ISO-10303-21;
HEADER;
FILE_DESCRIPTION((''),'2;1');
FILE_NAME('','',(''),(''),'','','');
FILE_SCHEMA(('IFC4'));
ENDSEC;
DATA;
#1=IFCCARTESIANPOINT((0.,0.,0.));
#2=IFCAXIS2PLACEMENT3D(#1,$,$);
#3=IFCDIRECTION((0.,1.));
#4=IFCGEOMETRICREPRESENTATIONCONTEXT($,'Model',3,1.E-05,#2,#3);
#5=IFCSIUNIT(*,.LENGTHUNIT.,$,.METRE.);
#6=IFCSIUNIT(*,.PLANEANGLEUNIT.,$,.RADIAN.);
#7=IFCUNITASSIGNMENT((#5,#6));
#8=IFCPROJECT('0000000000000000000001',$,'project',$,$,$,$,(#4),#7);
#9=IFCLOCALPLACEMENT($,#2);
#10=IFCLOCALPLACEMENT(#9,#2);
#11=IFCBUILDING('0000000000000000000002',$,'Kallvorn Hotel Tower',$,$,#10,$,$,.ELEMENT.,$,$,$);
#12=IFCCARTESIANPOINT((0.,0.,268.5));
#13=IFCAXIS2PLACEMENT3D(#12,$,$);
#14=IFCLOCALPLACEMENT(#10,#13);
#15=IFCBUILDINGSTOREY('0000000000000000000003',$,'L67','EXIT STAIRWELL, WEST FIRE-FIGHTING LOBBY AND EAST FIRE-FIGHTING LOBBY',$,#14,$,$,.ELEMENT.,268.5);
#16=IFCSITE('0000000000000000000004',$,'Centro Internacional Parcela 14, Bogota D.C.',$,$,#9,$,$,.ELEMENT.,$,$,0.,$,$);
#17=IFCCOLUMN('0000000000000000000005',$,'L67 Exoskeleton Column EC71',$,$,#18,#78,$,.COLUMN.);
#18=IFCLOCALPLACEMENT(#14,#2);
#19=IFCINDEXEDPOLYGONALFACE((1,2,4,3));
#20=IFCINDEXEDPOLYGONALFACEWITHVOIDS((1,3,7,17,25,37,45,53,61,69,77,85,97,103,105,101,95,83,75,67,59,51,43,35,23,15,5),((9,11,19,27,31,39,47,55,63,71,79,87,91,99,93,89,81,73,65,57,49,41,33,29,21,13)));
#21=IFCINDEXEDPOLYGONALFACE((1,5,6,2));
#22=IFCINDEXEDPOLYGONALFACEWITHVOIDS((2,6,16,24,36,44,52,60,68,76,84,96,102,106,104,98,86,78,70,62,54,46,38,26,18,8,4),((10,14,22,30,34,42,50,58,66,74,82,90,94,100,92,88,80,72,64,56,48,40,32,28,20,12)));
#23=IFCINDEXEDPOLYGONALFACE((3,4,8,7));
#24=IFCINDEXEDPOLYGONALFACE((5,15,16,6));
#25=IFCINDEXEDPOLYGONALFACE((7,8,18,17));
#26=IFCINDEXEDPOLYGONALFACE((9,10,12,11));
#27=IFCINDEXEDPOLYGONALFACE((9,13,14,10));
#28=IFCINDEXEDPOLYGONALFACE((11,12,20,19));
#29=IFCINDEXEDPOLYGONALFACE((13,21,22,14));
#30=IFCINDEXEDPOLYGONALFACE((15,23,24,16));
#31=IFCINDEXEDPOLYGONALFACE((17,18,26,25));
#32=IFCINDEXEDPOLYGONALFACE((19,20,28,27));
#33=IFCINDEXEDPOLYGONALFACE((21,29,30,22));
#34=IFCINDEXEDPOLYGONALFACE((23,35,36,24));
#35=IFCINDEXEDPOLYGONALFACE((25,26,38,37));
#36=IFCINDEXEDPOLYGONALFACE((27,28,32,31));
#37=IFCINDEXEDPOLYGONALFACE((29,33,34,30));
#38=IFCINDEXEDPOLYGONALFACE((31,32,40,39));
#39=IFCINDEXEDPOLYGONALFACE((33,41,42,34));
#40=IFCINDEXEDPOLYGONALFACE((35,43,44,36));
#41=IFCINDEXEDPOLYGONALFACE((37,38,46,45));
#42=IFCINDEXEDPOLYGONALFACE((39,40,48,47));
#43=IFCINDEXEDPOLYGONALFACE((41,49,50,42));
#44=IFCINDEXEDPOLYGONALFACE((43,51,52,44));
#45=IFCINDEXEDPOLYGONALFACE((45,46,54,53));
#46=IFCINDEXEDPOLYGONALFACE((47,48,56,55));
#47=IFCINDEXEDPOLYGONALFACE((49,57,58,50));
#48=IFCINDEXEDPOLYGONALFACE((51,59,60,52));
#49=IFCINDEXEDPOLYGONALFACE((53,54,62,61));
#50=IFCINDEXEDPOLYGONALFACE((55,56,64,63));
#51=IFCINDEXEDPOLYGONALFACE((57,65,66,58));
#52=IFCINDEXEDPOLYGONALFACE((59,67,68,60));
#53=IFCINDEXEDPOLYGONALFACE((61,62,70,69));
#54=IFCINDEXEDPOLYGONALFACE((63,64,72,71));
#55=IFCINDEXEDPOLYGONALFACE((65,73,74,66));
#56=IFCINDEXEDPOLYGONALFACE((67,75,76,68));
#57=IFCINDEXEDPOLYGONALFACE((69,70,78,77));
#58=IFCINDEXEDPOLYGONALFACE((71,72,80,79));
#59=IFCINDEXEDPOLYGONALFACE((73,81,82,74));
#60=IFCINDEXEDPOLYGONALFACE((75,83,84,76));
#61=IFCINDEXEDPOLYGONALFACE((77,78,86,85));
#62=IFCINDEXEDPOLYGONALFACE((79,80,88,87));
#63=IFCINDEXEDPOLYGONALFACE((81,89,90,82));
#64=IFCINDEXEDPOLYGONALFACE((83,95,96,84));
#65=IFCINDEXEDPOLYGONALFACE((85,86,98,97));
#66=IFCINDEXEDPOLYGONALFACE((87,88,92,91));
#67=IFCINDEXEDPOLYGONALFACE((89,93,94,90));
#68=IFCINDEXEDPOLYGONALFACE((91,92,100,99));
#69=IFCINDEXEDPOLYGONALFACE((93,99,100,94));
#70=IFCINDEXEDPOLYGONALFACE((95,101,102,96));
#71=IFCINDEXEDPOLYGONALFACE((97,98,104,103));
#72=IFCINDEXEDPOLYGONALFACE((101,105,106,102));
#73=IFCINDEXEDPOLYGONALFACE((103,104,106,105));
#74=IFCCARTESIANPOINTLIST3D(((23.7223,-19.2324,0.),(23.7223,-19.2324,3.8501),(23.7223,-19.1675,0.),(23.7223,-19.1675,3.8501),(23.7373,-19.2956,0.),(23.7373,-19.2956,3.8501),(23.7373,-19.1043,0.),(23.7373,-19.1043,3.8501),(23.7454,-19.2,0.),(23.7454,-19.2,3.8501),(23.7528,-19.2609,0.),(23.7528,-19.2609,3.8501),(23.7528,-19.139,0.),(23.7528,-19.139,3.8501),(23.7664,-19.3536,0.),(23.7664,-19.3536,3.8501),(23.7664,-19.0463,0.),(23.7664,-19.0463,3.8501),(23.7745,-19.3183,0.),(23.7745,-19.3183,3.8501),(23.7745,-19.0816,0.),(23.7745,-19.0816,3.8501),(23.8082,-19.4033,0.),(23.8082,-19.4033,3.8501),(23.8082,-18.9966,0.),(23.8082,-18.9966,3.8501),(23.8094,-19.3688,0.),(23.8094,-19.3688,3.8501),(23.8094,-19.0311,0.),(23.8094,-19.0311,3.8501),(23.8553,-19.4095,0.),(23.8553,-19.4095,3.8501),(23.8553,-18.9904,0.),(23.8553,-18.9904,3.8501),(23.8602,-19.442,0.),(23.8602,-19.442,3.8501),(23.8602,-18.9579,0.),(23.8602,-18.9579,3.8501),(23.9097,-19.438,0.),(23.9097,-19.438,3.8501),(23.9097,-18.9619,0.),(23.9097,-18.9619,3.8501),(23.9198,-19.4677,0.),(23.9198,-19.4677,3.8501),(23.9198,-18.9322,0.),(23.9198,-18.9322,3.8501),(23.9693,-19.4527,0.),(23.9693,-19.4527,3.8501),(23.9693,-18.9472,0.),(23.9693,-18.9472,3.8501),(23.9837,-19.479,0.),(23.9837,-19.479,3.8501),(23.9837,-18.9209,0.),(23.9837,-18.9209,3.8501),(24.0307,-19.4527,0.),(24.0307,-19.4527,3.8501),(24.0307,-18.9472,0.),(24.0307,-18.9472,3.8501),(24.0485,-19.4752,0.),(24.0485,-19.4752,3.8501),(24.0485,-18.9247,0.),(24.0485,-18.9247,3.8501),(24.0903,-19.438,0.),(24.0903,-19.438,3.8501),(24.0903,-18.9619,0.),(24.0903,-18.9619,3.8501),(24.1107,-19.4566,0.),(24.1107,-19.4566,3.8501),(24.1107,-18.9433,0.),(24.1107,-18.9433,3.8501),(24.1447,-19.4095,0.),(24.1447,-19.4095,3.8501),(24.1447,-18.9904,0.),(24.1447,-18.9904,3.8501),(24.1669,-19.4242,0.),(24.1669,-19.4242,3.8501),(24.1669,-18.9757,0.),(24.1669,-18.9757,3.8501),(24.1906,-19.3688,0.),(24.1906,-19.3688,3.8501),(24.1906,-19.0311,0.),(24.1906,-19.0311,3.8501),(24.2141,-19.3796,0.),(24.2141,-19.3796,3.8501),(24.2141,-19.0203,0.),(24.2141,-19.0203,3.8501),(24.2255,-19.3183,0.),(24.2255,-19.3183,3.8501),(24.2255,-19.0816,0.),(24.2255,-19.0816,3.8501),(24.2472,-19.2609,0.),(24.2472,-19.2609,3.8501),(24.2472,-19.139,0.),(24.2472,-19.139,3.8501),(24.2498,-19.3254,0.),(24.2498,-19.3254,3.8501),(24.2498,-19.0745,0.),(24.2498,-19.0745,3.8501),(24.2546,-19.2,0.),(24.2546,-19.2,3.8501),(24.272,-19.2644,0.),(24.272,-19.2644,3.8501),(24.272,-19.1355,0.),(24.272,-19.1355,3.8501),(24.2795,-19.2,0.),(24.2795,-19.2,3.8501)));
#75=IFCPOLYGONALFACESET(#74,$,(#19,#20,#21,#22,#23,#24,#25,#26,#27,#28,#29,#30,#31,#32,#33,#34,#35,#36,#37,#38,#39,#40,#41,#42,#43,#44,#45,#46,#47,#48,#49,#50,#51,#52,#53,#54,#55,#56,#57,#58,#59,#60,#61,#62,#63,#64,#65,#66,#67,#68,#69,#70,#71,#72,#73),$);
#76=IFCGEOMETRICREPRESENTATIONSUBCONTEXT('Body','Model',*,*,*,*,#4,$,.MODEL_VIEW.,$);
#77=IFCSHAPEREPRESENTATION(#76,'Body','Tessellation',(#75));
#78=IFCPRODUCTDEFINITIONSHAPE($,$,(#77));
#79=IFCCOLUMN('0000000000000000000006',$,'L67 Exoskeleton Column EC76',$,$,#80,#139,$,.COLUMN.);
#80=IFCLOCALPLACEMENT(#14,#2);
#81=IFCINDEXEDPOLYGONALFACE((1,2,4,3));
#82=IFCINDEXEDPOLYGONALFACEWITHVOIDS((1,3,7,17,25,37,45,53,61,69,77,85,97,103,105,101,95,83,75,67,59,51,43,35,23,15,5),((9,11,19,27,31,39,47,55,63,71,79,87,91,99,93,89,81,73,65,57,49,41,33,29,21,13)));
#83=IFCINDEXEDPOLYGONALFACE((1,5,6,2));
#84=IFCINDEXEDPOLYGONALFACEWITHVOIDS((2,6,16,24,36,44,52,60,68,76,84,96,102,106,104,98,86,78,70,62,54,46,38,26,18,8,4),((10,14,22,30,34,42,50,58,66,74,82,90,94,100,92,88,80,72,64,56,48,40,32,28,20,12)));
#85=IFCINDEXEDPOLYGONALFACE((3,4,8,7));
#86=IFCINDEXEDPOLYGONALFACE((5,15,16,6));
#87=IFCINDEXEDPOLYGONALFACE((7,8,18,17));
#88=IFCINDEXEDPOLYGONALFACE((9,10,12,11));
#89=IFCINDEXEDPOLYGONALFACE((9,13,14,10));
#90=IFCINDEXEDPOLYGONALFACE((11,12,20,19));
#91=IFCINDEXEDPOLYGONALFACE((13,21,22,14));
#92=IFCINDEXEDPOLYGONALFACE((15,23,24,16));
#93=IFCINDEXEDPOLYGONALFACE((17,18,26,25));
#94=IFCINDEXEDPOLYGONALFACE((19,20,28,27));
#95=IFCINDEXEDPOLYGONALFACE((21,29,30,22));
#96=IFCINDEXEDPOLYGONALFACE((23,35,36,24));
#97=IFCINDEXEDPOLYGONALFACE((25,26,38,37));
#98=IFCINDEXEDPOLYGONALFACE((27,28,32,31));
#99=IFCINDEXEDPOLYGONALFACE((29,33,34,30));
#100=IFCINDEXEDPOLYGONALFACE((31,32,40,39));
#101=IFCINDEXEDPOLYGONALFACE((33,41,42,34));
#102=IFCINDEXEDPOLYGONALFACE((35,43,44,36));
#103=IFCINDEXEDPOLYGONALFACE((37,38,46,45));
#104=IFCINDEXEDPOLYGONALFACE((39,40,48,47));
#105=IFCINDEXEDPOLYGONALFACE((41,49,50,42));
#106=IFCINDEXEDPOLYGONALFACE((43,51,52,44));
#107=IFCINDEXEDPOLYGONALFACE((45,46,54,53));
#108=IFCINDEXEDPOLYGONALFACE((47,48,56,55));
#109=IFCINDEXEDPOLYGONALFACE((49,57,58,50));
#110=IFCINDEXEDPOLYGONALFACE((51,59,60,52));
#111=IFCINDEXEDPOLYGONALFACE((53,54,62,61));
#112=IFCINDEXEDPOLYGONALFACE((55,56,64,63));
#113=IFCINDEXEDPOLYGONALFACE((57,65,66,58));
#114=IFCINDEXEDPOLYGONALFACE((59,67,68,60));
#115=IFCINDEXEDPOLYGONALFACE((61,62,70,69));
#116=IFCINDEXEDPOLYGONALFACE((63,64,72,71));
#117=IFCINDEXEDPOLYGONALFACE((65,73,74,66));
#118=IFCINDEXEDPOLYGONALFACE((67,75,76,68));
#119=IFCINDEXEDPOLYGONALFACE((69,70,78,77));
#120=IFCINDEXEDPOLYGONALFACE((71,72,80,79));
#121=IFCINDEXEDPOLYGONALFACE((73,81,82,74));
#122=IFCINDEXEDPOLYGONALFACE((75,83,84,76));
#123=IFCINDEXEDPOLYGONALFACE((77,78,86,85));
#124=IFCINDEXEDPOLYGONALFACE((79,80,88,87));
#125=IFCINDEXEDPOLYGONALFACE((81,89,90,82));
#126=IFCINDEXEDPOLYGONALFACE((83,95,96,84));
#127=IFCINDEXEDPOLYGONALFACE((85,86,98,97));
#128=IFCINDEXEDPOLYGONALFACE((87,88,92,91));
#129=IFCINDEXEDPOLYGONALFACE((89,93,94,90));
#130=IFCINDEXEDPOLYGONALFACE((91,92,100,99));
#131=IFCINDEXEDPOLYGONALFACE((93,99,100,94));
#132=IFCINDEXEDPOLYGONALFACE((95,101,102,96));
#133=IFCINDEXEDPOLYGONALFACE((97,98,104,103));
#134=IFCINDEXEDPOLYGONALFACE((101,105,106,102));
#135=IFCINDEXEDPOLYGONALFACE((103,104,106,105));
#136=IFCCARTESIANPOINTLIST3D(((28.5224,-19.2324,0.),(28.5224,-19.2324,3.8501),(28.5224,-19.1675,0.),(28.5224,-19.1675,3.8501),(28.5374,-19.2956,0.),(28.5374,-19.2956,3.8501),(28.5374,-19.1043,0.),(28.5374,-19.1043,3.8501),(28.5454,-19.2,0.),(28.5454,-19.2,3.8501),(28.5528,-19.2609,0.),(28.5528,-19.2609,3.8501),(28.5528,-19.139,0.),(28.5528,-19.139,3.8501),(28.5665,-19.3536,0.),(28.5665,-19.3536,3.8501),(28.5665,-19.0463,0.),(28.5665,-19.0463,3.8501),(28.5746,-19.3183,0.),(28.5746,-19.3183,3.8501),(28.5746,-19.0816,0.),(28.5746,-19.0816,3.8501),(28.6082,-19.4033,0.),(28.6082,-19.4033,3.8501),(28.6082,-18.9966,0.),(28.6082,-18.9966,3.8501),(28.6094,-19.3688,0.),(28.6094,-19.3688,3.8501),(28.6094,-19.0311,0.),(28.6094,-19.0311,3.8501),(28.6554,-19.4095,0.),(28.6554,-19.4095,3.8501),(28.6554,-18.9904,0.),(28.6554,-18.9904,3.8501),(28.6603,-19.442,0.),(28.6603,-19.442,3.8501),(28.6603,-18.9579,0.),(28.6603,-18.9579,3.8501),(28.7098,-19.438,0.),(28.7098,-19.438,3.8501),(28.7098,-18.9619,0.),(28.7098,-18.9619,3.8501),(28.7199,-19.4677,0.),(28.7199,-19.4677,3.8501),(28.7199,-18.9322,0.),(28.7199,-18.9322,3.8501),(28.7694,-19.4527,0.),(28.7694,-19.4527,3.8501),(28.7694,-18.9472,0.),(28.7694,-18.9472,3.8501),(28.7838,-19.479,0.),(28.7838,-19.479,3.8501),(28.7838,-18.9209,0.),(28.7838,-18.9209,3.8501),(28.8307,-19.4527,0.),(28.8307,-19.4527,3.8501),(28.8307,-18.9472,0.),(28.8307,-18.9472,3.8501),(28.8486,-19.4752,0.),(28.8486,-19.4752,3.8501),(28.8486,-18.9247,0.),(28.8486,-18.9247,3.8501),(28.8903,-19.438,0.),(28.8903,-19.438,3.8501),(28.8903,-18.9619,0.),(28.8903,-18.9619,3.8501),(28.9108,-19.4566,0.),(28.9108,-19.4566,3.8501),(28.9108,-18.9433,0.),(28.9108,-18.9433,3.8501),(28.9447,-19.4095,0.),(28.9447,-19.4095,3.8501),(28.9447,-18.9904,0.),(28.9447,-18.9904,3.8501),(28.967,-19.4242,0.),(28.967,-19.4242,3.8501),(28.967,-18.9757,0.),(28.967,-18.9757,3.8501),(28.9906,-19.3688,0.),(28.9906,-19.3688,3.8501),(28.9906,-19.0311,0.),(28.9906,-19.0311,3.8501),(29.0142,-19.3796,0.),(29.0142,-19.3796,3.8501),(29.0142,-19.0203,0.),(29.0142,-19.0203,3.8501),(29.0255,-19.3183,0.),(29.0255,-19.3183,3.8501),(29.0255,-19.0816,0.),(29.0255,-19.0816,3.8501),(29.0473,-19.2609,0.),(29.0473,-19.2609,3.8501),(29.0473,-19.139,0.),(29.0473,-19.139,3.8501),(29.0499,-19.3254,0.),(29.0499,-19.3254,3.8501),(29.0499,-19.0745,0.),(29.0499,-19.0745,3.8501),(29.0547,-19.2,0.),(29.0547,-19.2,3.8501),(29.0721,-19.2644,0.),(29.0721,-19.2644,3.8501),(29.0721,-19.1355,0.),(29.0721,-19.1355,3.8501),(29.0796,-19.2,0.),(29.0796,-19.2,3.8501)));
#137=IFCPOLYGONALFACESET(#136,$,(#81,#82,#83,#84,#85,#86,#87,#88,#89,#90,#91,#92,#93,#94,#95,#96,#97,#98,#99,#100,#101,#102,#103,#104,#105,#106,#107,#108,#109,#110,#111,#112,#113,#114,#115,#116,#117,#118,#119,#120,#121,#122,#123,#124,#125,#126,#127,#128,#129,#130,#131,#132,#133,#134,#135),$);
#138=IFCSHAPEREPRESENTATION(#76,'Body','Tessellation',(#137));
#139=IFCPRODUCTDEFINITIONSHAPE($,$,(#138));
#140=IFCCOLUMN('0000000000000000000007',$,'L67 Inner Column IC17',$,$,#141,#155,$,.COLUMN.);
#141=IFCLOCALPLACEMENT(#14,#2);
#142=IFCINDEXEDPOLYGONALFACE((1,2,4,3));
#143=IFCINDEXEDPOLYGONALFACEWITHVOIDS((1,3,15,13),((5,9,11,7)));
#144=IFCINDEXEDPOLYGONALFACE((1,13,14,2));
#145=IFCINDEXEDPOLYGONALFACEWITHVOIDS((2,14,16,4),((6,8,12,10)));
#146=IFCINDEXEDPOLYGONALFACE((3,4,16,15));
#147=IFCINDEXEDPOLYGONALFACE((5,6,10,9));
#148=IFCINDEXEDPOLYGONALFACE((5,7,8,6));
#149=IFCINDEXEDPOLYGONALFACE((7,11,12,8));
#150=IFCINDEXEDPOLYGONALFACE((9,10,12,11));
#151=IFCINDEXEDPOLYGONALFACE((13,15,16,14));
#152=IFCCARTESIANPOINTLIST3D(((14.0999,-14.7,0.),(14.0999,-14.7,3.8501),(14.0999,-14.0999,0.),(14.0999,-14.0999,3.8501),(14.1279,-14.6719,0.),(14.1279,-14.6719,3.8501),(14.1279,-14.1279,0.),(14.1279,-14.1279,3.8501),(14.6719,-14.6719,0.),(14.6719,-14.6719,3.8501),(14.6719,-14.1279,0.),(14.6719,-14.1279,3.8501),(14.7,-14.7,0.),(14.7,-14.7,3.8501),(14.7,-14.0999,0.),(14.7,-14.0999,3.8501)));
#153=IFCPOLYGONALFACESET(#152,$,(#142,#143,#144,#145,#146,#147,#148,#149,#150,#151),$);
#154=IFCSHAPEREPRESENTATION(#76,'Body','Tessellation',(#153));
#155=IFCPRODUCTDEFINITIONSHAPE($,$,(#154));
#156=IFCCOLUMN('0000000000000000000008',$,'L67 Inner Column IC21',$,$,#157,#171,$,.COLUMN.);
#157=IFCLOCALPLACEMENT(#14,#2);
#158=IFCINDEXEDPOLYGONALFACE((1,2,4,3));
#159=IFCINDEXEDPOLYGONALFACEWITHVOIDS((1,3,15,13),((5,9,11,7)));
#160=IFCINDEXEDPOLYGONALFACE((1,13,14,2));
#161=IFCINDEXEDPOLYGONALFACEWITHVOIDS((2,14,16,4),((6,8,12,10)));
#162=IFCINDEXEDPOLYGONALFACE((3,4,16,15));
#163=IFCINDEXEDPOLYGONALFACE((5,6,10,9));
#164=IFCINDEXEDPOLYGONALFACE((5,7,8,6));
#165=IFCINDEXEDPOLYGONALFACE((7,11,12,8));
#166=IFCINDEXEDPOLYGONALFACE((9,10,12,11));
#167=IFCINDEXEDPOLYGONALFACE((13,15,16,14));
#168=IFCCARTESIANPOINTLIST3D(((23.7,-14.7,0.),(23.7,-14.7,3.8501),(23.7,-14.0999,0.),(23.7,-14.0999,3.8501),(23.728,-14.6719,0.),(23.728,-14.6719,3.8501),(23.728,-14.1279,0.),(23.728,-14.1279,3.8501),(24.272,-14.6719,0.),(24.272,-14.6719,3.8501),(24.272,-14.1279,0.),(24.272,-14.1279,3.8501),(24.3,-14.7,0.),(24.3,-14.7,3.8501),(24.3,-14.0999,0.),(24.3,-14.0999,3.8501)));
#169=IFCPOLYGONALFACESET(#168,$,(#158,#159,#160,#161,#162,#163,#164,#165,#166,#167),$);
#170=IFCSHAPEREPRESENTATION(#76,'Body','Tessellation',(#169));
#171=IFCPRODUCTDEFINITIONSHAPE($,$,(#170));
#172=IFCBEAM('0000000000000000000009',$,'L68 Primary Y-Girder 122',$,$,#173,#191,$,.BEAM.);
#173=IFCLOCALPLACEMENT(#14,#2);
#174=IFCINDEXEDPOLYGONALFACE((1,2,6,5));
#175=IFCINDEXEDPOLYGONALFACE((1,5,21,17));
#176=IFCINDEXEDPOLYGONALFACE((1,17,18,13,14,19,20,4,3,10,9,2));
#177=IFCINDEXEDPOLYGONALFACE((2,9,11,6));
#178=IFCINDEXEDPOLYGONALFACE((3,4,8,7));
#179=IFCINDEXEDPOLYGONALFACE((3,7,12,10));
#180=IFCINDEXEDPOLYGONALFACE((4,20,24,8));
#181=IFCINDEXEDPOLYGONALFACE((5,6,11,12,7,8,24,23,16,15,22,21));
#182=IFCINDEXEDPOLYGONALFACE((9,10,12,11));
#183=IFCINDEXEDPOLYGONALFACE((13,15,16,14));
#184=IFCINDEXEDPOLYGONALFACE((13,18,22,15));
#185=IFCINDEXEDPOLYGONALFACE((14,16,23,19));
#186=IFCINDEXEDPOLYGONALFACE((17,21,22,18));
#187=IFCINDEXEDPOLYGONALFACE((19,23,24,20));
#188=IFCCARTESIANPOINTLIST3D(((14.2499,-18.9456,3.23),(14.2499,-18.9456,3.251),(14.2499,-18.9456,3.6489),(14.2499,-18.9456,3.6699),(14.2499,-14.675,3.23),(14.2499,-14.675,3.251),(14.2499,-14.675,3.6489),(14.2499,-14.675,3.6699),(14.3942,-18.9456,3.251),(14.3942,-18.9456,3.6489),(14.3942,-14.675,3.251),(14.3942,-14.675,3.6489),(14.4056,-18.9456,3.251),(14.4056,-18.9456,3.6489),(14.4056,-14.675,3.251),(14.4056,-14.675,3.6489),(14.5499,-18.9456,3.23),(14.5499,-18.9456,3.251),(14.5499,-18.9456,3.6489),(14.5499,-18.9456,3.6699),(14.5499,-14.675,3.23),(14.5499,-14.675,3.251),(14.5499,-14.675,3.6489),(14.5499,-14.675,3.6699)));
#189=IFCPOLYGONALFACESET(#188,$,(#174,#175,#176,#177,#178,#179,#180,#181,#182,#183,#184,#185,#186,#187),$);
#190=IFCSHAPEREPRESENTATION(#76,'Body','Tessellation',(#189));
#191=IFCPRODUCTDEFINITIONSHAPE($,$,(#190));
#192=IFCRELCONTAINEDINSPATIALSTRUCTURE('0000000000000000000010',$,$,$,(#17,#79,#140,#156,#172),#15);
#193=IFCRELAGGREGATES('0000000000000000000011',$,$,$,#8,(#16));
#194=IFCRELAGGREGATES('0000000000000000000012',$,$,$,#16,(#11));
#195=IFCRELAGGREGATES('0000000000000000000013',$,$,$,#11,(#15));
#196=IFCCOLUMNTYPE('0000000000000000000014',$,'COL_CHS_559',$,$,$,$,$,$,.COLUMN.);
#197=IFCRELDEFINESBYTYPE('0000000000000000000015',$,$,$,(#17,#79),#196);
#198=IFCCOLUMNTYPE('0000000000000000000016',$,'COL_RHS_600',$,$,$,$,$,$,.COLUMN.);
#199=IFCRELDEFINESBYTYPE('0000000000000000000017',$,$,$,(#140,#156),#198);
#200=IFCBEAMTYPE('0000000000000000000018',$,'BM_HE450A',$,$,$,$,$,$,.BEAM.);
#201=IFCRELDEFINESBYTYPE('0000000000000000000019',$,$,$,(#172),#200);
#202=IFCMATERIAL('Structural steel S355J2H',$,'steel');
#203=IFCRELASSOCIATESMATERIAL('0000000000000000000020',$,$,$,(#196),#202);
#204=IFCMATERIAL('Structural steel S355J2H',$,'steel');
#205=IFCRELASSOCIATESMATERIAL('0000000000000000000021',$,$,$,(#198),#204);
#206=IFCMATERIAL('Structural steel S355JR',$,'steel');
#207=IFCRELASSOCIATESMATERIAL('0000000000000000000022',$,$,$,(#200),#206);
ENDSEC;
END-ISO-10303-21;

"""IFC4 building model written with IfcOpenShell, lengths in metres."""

from ifc_helpers import new_model, si_unit, direction, frame, origin, origin_2d, place, context, subcontext, project, spatial, hollow_rectangle, hollow_circle, i_section, extrude, material, material_profile, profile_set, type_object, element, save


model = new_model("IFC4")

# Units and contexts
model_context = context("Model", 3, precision=1e-05, world=origin(), true_north=direction((0.0, 1.0)))
body_context = subcontext(model_context, "Body", "Model", "MODEL_VIEW")
ifc_project = project(units=[si_unit("LENGTHUNIT", "METRE"), si_unit("PLANEANGLEUNIT", "RADIAN")], contexts=[model_context])

# Site, building, storey
site_placement = place(None, origin())
site = spatial("IfcSite", under=ifc_project, at=site_placement, Name="Centro Internacional Parcela 14, Bogota D.C.", CompositionType="ELEMENT", RefElevation=0.0)
building_placement = place(site_placement, origin())
building = spatial("IfcBuilding", under=site, at=building_placement, Name="Kallvorn Hotel Tower", CompositionType="ELEMENT")
storey_placement = place(building_placement, frame((0.0, 0.0, 268.5)))
storey = spatial("IfcBuildingStorey", under=building, at=storey_placement, Name="L67", Description="EXIT STAIRWELL, WEST FIRE-FIGHTING LOBBY AND EAST FIRE-FIGHTING LOBBY", CompositionType="ELEMENT", Elevation=268.5)

# Columns
ifc_material_1 = material(Name="Structural steel S355J2H", Category="steel")
ifc_material_profile_1 = material_profile(ifc_material_1, hollow_circle(Radius=0.2795, WallThickness=0.0249, at=origin_2d()), Name="CHS 559x25")
ifc_profile_set_1 = profile_set([ifc_material_profile_1], Name="Structural steel S355J2H")
column_type_1 = type_object("IfcColumnType", Name="COL_CHS_559", PredefinedType="COLUMN", material=ifc_profile_set_1)
for number, where, z_axis, x_axis, name in (
    (1, (24.0, -19.2, 0.0), (0.0, 0.0, 1.0), (1.0, 0.0, 0.0), "L67 Exoskeleton Column EC71"),
    (2, (28.8, -19.2, 0.0), (0.0, 0.0, 1.0), (1.0, 0.0, 0.0), "L67 Exoskeleton Column EC76"),
):
    element("IfcColumn", number, at=place(storey_placement, frame(where, z_axis=z_axis, x_axis=x_axis)), inside=storey, type_object=column_type_1, Name=name, PredefinedType="COLUMN", context=body_context, shape_type="SweptSolid", body=[
        extrude(hollow_circle(Radius=0.2795, WallThickness=0.0249, at=origin_2d()), origin(), (0.0, 0.0, 1.0), 3.8501),
    ])
ifc_material_2 = material(Name="Structural steel S355J2H", Category="steel")
ifc_material_profile_2 = material_profile(ifc_material_2, hollow_rectangle(XDim=0.6001, YDim=0.6001, WallThickness=0.0281, at=origin_2d()), Name="RHS 600x600x28")
ifc_profile_set_2 = profile_set([ifc_material_profile_2], Name="Structural steel S355J2H")
column_type_2 = type_object("IfcColumnType", Name="COL_RHS_600", PredefinedType="COLUMN", material=ifc_profile_set_2)
for number, where, z_axis, x_axis, name in (
    (3, (14.3999, -14.3999, 0.0), (0.0, 0.0, 1.0), (1.0, 0.0, 0.0), "L67 Inner Column IC17"),
    (4, (24.0, -14.3999, 0.0), (0.0, 0.0, 1.0), (1.0, 0.0, 0.0), "L67 Inner Column IC21"),
):
    element("IfcColumn", number, at=place(storey_placement, frame(where, z_axis=z_axis, x_axis=x_axis)), inside=storey, type_object=column_type_2, Name=name, PredefinedType="COLUMN", context=body_context, shape_type="SweptSolid", body=[
        extrude(hollow_rectangle(XDim=0.6001, YDim=0.6001, WallThickness=0.0281, at=origin_2d()), origin(), (0.0, 0.0, 1.0), 3.8501),
    ])

# Beam
ifc_material_3 = material(Name="Structural steel S355JR", Category="steel")
ifc_material_profile_3 = material_profile(ifc_material_3, i_section(OverallWidth=0.3, OverallDepth=0.4399, WebThickness=0.0115, FlangeThickness=0.021, at=origin_2d()), Name="HE 450 A")
ifc_profile_set_3 = profile_set([ifc_material_profile_3], Name="Structural steel S355JR")
beam_type_1 = type_object("IfcBeamType", Name="BM_HE450A", PredefinedType="BEAM", material=ifc_profile_set_3)
beam_1_placement = place(storey_placement, frame((14.3999, -18.9456, 3.45), z_axis=(0.0, 1.0, 0.0), x_axis=(-1.0, 0.0, 0.0)))
element("IfcBeam", 5, at=beam_1_placement, inside=storey, type_object=beam_type_1, Name="L68 Primary Y-Girder 122", PredefinedType="BEAM", context=body_context, shape_type="SweptSolid", body=[
    extrude(i_section(OverallWidth=0.3, OverallDepth=0.4399, WebThickness=0.0115, FlangeThickness=0.021, at=origin_2d()), origin(), (0.0, 0.0, 1.0), 4.2705),
])

save(model, "model.ifc")
